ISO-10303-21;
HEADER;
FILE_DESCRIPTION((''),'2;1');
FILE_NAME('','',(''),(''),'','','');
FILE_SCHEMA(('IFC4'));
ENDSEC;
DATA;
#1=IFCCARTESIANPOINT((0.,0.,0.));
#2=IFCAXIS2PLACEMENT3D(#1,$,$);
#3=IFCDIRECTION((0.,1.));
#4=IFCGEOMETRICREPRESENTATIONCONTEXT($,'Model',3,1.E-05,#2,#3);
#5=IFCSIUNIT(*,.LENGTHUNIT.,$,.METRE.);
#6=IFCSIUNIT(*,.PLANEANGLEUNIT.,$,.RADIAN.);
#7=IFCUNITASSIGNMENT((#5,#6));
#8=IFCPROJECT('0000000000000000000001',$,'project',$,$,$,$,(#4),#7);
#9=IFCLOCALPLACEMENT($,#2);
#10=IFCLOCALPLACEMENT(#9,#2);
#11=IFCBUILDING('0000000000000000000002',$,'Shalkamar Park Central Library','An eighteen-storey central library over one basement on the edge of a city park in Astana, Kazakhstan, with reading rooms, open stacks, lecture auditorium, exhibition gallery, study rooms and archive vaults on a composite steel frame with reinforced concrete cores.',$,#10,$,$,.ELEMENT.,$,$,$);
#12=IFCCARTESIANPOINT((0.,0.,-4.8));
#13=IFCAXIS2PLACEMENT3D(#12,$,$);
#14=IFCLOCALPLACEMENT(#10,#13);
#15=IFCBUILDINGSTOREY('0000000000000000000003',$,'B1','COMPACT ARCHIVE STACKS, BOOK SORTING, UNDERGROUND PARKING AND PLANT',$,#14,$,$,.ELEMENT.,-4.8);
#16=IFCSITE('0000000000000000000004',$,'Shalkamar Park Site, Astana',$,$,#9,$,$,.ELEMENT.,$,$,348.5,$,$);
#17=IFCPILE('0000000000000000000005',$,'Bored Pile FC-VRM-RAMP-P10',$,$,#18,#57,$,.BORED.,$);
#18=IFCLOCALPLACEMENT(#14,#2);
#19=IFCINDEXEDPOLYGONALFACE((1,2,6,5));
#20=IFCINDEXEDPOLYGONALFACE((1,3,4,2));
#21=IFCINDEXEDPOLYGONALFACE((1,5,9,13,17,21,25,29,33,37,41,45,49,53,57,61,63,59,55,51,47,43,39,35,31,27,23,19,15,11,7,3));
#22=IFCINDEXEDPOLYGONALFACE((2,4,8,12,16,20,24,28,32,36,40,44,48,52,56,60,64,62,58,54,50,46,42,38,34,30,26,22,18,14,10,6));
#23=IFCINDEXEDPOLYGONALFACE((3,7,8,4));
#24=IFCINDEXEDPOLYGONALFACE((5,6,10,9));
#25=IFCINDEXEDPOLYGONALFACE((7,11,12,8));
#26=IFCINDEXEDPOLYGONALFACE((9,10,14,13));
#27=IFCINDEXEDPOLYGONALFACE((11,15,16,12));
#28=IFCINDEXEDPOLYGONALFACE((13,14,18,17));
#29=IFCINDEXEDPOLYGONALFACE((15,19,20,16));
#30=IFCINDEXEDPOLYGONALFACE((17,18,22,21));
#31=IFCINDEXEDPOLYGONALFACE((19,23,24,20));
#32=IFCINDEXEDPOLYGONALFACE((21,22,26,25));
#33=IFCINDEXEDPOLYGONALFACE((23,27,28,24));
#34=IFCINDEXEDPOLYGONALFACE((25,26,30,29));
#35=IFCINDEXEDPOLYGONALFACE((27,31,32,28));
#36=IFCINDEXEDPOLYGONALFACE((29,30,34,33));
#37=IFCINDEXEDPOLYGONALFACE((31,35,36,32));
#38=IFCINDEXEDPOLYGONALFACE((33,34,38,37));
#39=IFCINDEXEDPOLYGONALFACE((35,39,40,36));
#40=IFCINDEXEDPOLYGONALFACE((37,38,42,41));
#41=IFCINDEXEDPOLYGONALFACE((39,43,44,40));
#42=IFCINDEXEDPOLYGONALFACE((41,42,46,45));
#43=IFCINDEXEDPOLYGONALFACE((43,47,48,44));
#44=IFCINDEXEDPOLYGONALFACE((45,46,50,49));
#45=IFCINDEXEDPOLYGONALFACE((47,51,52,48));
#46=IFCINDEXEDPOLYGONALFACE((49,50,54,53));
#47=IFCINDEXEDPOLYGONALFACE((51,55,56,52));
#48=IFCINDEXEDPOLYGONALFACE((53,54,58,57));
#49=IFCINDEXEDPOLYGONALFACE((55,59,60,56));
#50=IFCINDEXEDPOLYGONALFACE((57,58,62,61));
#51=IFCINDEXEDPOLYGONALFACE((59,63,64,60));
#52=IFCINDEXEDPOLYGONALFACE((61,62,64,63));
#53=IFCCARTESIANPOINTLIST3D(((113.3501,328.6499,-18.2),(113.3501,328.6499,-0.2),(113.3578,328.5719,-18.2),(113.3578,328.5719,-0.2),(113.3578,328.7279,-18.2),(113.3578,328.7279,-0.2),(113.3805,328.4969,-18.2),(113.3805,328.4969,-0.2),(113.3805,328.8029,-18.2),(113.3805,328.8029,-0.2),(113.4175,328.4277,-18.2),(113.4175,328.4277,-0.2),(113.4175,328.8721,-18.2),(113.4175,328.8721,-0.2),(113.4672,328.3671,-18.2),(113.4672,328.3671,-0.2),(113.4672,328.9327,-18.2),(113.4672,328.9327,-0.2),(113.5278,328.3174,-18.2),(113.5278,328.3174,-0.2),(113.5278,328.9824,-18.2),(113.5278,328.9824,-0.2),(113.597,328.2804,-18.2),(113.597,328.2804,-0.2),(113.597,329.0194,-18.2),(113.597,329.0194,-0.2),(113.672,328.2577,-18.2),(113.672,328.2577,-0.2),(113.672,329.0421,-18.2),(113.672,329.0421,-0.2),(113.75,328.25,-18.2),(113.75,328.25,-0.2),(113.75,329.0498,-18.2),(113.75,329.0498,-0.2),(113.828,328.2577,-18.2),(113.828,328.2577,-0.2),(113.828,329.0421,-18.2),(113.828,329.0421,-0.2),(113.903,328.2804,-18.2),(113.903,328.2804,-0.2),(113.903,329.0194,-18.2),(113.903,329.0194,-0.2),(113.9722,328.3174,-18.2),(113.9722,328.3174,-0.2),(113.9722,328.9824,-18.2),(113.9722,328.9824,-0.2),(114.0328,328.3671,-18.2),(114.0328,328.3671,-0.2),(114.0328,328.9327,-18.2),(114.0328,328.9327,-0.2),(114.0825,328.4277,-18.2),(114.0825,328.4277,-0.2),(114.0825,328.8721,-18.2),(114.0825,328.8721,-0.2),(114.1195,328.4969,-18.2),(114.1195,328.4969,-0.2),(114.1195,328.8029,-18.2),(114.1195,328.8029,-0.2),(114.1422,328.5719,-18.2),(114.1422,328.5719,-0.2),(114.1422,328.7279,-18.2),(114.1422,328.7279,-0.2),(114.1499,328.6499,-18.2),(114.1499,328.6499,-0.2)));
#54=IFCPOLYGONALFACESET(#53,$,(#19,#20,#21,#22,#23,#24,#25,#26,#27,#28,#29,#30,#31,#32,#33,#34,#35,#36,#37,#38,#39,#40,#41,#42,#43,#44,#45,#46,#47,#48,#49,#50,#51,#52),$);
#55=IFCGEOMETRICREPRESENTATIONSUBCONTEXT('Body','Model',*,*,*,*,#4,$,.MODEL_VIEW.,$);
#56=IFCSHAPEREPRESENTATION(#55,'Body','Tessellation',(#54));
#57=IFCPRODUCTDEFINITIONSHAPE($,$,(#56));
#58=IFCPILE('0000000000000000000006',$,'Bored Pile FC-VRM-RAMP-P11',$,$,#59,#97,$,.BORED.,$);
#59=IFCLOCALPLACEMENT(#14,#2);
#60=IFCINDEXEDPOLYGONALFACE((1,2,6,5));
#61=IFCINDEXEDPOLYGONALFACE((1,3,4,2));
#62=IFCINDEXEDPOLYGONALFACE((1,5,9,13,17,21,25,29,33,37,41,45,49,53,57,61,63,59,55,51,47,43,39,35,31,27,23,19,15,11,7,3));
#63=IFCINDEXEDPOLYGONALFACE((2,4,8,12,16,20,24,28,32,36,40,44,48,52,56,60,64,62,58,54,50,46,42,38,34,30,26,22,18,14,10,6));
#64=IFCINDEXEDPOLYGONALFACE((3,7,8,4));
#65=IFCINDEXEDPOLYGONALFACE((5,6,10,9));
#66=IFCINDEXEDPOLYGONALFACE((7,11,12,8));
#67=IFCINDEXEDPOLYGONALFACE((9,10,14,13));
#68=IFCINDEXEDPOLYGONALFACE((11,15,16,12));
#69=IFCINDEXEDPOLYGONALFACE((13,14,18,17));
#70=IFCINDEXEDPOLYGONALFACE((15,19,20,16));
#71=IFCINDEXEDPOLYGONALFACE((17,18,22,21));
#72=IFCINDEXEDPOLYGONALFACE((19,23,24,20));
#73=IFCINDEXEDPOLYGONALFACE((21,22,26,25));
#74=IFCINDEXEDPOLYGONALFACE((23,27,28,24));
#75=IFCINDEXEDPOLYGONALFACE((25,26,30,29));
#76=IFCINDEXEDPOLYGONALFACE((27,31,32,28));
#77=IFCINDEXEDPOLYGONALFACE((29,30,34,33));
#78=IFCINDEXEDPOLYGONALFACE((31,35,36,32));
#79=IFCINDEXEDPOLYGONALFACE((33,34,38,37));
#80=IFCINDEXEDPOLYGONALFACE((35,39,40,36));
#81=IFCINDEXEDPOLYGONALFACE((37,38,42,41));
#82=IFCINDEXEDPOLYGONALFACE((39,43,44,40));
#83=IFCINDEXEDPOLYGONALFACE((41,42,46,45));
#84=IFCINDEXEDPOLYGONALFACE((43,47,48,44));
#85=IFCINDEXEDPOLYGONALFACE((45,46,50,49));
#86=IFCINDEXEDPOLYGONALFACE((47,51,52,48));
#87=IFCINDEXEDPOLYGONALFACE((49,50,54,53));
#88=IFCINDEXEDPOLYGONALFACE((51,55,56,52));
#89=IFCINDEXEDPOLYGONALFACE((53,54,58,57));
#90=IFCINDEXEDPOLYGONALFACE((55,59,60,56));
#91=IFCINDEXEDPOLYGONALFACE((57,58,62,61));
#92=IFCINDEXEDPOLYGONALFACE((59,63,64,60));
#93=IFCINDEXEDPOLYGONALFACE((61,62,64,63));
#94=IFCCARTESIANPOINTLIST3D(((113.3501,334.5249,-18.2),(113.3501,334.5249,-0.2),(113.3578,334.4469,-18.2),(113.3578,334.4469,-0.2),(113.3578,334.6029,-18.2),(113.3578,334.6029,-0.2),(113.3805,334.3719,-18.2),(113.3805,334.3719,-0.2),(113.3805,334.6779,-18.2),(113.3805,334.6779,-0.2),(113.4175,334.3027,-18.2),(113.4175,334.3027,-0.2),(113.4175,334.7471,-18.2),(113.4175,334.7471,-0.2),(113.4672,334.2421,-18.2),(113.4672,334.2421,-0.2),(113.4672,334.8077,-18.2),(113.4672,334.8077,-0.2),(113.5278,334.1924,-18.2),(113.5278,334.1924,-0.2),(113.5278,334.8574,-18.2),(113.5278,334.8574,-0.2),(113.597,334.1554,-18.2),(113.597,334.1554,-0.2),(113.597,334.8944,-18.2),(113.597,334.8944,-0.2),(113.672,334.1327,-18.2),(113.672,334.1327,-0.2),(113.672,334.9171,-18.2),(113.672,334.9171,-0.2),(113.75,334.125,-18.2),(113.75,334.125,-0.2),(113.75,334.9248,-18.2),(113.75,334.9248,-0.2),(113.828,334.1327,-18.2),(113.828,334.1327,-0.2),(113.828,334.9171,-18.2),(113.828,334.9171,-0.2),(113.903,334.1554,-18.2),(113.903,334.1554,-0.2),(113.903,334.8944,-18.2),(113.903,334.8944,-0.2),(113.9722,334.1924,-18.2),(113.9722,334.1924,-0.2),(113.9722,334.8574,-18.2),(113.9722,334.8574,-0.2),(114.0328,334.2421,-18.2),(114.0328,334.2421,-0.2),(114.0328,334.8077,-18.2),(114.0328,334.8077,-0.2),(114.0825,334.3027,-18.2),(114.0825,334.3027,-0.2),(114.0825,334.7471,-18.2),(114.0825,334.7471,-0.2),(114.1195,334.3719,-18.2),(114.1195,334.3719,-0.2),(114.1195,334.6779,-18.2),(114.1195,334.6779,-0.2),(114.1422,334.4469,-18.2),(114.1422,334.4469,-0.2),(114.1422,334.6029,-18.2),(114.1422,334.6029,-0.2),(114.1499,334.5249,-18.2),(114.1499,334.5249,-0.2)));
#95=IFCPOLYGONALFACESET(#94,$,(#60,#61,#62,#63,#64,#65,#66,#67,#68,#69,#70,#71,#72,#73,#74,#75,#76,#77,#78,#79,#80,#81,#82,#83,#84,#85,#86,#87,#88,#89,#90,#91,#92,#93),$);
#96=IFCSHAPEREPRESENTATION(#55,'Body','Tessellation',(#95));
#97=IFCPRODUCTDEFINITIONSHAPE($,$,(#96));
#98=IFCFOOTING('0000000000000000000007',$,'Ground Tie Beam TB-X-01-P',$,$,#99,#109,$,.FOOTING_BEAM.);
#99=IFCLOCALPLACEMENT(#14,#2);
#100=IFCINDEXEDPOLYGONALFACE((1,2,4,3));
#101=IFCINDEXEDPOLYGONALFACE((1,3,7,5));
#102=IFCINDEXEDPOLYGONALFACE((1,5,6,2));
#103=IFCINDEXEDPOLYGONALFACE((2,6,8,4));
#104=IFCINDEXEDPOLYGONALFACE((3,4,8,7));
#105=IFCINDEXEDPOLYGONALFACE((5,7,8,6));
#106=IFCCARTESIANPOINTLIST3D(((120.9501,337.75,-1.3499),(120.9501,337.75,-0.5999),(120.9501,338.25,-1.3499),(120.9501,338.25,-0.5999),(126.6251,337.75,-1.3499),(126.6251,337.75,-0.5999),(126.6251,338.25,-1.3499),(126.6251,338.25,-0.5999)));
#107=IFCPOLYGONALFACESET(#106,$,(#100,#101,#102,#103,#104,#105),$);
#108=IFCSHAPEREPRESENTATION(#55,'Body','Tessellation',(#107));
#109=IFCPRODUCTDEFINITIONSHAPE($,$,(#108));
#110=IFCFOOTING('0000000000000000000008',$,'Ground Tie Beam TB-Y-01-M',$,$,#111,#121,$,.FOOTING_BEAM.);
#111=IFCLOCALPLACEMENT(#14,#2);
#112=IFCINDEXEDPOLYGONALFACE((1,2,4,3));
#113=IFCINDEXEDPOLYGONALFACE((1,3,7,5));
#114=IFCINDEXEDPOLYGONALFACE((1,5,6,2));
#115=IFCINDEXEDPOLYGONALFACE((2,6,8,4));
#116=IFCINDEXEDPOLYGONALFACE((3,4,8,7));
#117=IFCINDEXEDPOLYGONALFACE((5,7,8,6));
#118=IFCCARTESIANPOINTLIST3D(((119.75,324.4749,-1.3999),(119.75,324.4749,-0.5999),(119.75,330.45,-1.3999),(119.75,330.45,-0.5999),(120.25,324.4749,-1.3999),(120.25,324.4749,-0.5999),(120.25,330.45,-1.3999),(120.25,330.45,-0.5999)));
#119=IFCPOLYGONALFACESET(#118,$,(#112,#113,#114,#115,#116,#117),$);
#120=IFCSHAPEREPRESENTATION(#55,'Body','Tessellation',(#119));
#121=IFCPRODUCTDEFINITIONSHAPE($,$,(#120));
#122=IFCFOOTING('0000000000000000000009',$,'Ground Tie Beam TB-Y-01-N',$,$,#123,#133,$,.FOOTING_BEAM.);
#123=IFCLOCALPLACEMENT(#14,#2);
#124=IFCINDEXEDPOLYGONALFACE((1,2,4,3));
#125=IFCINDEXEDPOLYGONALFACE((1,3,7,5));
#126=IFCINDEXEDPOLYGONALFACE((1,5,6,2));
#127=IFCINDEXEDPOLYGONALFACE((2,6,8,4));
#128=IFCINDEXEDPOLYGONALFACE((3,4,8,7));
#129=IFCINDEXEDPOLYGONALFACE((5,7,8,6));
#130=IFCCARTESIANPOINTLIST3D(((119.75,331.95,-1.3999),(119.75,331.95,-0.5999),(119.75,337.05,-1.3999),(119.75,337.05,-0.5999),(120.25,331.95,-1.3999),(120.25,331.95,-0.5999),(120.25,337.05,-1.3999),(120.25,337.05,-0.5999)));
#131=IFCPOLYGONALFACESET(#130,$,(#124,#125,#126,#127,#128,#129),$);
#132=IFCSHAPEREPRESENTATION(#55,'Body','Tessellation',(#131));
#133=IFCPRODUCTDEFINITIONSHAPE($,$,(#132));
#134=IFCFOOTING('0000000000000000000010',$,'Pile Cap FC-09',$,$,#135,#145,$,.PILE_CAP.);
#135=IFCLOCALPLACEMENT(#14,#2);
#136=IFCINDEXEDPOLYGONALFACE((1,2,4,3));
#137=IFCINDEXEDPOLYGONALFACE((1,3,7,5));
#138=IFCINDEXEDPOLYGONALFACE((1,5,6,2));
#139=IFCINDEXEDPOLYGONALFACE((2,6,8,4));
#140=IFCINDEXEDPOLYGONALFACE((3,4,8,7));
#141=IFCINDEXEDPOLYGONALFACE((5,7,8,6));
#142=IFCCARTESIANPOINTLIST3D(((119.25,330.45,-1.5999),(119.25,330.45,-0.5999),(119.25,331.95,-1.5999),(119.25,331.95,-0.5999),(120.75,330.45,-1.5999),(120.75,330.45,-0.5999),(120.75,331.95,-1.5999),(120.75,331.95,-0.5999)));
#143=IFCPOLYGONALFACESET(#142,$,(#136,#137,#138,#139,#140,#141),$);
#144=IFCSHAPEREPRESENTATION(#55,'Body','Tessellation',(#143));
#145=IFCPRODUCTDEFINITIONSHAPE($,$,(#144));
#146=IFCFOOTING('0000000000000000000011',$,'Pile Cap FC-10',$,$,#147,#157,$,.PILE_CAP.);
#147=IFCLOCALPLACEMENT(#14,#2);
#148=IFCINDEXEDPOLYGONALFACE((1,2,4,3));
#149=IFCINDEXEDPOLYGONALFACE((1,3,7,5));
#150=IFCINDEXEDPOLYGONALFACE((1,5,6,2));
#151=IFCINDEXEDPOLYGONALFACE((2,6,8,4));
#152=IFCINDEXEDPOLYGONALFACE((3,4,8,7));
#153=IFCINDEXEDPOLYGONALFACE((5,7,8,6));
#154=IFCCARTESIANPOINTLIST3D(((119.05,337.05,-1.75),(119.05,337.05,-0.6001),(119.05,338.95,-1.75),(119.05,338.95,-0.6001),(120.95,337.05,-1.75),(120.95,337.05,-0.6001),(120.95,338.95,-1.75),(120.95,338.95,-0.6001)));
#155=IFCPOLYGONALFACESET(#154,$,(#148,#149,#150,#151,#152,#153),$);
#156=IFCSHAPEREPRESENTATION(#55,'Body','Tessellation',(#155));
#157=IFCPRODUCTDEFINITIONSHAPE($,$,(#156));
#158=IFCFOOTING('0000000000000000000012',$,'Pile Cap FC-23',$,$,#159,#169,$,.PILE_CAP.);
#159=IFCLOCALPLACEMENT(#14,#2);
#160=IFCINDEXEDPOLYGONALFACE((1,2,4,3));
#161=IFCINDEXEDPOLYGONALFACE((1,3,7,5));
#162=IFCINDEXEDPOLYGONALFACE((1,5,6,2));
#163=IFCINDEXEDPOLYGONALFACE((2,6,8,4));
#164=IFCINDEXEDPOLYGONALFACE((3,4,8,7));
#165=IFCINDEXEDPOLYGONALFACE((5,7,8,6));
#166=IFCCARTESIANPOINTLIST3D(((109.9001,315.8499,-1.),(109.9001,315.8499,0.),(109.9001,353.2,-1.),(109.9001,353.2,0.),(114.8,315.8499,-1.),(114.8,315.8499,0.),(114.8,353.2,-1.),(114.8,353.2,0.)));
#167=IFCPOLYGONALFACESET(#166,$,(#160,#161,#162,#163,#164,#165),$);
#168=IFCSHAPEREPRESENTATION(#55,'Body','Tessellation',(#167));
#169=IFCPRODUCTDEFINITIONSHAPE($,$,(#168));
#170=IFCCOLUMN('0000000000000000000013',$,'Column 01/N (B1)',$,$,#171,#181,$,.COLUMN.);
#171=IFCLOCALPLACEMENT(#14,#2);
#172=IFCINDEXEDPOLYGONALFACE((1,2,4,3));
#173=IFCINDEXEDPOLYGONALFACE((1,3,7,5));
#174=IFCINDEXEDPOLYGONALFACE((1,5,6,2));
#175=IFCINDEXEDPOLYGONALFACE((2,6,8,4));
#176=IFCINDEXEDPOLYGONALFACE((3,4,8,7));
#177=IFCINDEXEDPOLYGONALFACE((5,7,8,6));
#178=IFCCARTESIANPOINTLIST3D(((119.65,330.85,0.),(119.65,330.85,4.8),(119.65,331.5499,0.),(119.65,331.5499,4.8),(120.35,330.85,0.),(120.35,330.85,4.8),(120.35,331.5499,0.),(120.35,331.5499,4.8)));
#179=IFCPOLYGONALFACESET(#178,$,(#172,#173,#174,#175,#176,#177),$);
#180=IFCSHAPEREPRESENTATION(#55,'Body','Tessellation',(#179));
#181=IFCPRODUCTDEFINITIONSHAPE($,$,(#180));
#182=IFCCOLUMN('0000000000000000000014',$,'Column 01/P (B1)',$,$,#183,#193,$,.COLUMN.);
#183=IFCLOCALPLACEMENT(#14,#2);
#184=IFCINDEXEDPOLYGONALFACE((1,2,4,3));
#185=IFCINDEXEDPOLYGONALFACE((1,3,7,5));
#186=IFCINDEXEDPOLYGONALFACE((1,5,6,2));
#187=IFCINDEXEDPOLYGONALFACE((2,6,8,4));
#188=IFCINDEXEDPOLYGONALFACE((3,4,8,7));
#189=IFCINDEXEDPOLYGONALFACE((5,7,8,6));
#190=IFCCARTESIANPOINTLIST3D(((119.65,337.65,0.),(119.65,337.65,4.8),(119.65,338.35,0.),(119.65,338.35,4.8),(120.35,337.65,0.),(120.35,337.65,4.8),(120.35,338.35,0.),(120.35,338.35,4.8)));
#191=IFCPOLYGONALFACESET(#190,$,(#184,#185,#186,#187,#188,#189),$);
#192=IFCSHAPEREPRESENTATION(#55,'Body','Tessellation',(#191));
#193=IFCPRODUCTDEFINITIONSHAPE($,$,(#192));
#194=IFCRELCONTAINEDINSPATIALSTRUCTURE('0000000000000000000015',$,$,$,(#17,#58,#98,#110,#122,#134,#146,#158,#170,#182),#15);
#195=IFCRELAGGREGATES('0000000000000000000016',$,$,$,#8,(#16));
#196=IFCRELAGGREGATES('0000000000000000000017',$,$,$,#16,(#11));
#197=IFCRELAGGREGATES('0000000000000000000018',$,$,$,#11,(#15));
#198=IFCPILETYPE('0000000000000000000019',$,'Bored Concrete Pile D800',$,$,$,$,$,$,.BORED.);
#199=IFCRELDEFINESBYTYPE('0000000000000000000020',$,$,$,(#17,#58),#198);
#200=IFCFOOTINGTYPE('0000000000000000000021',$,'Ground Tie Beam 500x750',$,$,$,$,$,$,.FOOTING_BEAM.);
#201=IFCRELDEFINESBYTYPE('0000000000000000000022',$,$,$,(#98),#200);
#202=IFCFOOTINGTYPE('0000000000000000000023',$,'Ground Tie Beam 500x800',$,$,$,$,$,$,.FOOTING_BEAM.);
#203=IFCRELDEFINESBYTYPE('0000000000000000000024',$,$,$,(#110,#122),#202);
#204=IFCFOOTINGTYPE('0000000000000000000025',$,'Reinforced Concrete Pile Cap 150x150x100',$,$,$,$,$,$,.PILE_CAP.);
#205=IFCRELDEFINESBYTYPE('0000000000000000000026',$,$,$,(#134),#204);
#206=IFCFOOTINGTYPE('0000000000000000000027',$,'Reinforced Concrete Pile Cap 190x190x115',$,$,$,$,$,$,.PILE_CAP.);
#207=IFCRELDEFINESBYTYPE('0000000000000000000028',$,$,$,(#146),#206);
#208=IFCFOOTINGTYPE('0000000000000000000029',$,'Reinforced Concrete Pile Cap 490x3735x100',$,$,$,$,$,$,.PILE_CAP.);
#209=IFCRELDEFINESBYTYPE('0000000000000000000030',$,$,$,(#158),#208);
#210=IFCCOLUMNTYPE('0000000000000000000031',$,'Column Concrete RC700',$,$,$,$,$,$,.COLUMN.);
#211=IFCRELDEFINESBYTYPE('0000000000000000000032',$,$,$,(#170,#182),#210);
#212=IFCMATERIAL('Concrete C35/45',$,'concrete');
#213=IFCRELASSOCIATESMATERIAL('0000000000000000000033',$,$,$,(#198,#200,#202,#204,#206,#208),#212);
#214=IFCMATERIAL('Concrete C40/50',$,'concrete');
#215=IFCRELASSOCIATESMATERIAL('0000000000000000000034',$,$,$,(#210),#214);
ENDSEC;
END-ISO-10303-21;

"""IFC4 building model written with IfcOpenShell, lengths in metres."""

from ifc_helpers import new_model, si_unit, direction, frame, origin, origin_2d, place, context, subcontext, project, spatial, rectangle, circle, extrude, material, material_profile, profile_set, type_object, element, save


model = new_model("IFC4")

# Units and contexts
model_context = context("Model", 3, precision=1e-05, world=origin(), true_north=direction((0.0, 1.0)))
body_context = subcontext(model_context, "Body", "Model", "MODEL_VIEW")
ifc_project = project(units=[si_unit("LENGTHUNIT", "METRE"), si_unit("PLANEANGLEUNIT", "RADIAN")], contexts=[model_context])

# Site, building, storey
site_placement = place(None, origin())
site = spatial("IfcSite", under=ifc_project, at=site_placement, Name="Shalkamar Park Site, Astana", CompositionType="ELEMENT", RefElevation=348.5)
building_placement = place(site_placement, origin())
building = spatial("IfcBuilding", under=site, at=building_placement, Name="Shalkamar Park Central Library", Description="An eighteen-storey central library over one basement on the edge of a city park in Astana, Kazakhstan, with reading rooms, open stacks, lecture auditorium, exhibition gallery, study rooms and archive vaults on a composite steel frame with reinforced concrete cores.", CompositionType="ELEMENT")
storey_placement = place(building_placement, frame((0.0, 0.0, -4.8)))
storey = spatial("IfcBuildingStorey", under=building, at=storey_placement, Name="B1", Description="COMPACT ARCHIVE STACKS, BOOK SORTING, UNDERGROUND PARKING AND PLANT", CompositionType="ELEMENT", Elevation=-4.8)

# Piles
ifc_material_1 = material(Name="Concrete C35/45", Category="concrete")
ifc_material_profile_1 = material_profile(ifc_material_1, circle(Radius=0.3999, at=origin_2d()), Name="PILE D800")
ifc_profile_set_1 = profile_set([ifc_material_profile_1], Name="Concrete C35/45")
pile_type_1 = type_object("IfcPileType", Name="Bored Concrete Pile D800", PredefinedType="BORED", material=ifc_profile_set_1)
for number, where, z_axis, x_axis, name in (
    (1, (113.75, 328.6499, -0.2), (0.0, 0.0, -1.0), (1.0, 0.0, 0.0), "Bored Pile FC-VRM-RAMP-P10"),
    (2, (113.75, 334.5249, -0.2), (0.0, 0.0, -1.0), (1.0, 0.0, 0.0), "Bored Pile FC-VRM-RAMP-P11"),
):
    element("IfcPile", number, at=place(storey_placement, frame(where, z_axis=z_axis, x_axis=x_axis)), inside=storey, type_object=pile_type_1, Name=name, PredefinedType="BORED", context=body_context, shape_type="SweptSolid", body=[
        extrude(circle(Radius=0.3999, at=origin_2d()), origin(), (0.0, 0.0, 1.0), 18.0),
    ])

# Footings
footing_type_1 = type_object("IfcFootingType", Name="Ground Tie Beam 500x750", PredefinedType="FOOTING_BEAM", material=ifc_material_1)
footing_1_placement = place(storey_placement, frame((123.7876, 338.0, -1.3499), z_axis=(0.0, 0.0, 1.0), x_axis=(1.0, 0.0, 0.0)))
element("IfcFooting", 3, at=footing_1_placement, inside=storey, type_object=footing_type_1, Name="Ground Tie Beam TB-X-01-P", PredefinedType="FOOTING_BEAM", context=body_context, shape_type="SweptSolid", body=[
    extrude(rectangle(XDim=5.675, YDim=0.5, at=origin_2d()), origin(), (0.0, 0.0, 1.0), 0.75),
])
footing_type_2 = type_object("IfcFootingType", Name="Ground Tie Beam 500x800", PredefinedType="FOOTING_BEAM", material=ifc_material_1)
footing_2_placement = place(storey_placement, frame((120.0, 327.4624, -1.3999), z_axis=(0.0, 0.0, 1.0), x_axis=(0.0, 1.0, 0.0)))
element("IfcFooting", 4, at=footing_2_placement, inside=storey, type_object=footing_type_2, Name="Ground Tie Beam TB-Y-01-M", PredefinedType="FOOTING_BEAM", context=body_context, shape_type="SweptSolid", body=[
    extrude(rectangle(XDim=5.9751, YDim=0.5, at=origin_2d()), origin(), (0.0, 0.0, 1.0), 0.8),
])
footing_3_placement = place(storey_placement, frame((120.0, 334.5, -1.3999), z_axis=(0.0, 0.0, 1.0), x_axis=(0.0, 1.0, 0.0)))
element("IfcFooting", 5, at=footing_3_placement, inside=storey, type_object=footing_type_2, Name="Ground Tie Beam TB-Y-01-N", PredefinedType="FOOTING_BEAM", context=body_context, shape_type="SweptSolid", body=[
    extrude(rectangle(XDim=5.1001, YDim=0.5, at=origin_2d()), origin(), (0.0, 0.0, 1.0), 0.8),
])
footing_type_3 = type_object("IfcFootingType", Name="Reinforced Concrete Pile Cap 150x150x100", PredefinedType="PILE_CAP", material=ifc_material_1)
footing_4_placement = place(storey_placement, frame((120.0, 331.2, -1.5999), z_axis=(0.0, 0.0, 1.0), x_axis=(1.0, 0.0, 0.0)))
element("IfcFooting", 6, at=footing_4_placement, inside=storey, type_object=footing_type_3, Name="Pile Cap FC-09", PredefinedType="PILE_CAP", context=body_context, shape_type="SweptSolid", body=[
    extrude(rectangle(XDim=1.5, YDim=1.5, at=origin_2d()), origin(), (0.0, 0.0, 1.0), 1.0),
])
footing_type_4 = type_object("IfcFootingType", Name="Reinforced Concrete Pile Cap 190x190x115", PredefinedType="PILE_CAP", material=ifc_material_1)
footing_5_placement = place(storey_placement, frame((120.0, 338.0, -1.75), z_axis=(0.0, 0.0, 1.0), x_axis=(1.0, 0.0, 0.0)))
element("IfcFooting", 7, at=footing_5_placement, inside=storey, type_object=footing_type_4, Name="Pile Cap FC-10", PredefinedType="PILE_CAP", context=body_context, shape_type="SweptSolid", body=[
    extrude(rectangle(XDim=1.8999, YDim=1.8999, at=origin_2d()), origin(), (0.0, 0.0, 1.0), 1.1499),
])
footing_type_5 = type_object("IfcFootingType", Name="Reinforced Concrete Pile Cap 490x3735x100", PredefinedType="PILE_CAP", material=ifc_material_1)
footing_6_placement = place(storey_placement, frame((112.3501, 334.5249, -1.0), z_axis=(0.0, 0.0, 1.0), x_axis=(1.0, 0.0, 0.0)))
element("IfcFooting", 8, at=footing_6_placement, inside=storey, type_object=footing_type_5, Name="Pile Cap FC-23", PredefinedType="PILE_CAP", context=body_context, shape_type="SweptSolid", body=[
    extrude(rectangle(XDim=4.8999, YDim=37.3501, at=origin_2d()), origin(), (0.0, 0.0, 1.0), 1.0),
])

# Columns
ifc_material_2 = material(Name="Concrete C40/50", Category="concrete")
ifc_material_profile_2 = material_profile(ifc_material_2, rectangle(XDim=0.7, YDim=0.7, at=origin_2d()), Name="RC 700x700")
ifc_profile_set_2 = profile_set([ifc_material_profile_2], Name="Concrete C40/50")
column_type = type_object("IfcColumnType", Name="Column Concrete RC700", PredefinedType="COLUMN", material=ifc_profile_set_2)
for number, where, z_axis, x_axis, name in (
    (9, (120.0, 331.2, 0.0), (0.0, 0.0, 1.0), (1.0, 0.0, 0.0), "Column 01/N (B1)"),
    (10, (120.0, 338.0, 0.0), (0.0, 0.0, 1.0), (1.0, 0.0, 0.0), "Column 01/P (B1)"),
):
    element("IfcColumn", number, at=place(storey_placement, frame(where, z_axis=z_axis, x_axis=x_axis)), inside=storey, type_object=column_type, Name=name, PredefinedType="COLUMN", context=body_context, shape_type="SweptSolid", body=[
        extrude(rectangle(XDim=0.7, YDim=0.7, at=origin_2d()), origin(), (0.0, 0.0, 1.0), 4.8),
    ])

save(model, "model.ifc")
